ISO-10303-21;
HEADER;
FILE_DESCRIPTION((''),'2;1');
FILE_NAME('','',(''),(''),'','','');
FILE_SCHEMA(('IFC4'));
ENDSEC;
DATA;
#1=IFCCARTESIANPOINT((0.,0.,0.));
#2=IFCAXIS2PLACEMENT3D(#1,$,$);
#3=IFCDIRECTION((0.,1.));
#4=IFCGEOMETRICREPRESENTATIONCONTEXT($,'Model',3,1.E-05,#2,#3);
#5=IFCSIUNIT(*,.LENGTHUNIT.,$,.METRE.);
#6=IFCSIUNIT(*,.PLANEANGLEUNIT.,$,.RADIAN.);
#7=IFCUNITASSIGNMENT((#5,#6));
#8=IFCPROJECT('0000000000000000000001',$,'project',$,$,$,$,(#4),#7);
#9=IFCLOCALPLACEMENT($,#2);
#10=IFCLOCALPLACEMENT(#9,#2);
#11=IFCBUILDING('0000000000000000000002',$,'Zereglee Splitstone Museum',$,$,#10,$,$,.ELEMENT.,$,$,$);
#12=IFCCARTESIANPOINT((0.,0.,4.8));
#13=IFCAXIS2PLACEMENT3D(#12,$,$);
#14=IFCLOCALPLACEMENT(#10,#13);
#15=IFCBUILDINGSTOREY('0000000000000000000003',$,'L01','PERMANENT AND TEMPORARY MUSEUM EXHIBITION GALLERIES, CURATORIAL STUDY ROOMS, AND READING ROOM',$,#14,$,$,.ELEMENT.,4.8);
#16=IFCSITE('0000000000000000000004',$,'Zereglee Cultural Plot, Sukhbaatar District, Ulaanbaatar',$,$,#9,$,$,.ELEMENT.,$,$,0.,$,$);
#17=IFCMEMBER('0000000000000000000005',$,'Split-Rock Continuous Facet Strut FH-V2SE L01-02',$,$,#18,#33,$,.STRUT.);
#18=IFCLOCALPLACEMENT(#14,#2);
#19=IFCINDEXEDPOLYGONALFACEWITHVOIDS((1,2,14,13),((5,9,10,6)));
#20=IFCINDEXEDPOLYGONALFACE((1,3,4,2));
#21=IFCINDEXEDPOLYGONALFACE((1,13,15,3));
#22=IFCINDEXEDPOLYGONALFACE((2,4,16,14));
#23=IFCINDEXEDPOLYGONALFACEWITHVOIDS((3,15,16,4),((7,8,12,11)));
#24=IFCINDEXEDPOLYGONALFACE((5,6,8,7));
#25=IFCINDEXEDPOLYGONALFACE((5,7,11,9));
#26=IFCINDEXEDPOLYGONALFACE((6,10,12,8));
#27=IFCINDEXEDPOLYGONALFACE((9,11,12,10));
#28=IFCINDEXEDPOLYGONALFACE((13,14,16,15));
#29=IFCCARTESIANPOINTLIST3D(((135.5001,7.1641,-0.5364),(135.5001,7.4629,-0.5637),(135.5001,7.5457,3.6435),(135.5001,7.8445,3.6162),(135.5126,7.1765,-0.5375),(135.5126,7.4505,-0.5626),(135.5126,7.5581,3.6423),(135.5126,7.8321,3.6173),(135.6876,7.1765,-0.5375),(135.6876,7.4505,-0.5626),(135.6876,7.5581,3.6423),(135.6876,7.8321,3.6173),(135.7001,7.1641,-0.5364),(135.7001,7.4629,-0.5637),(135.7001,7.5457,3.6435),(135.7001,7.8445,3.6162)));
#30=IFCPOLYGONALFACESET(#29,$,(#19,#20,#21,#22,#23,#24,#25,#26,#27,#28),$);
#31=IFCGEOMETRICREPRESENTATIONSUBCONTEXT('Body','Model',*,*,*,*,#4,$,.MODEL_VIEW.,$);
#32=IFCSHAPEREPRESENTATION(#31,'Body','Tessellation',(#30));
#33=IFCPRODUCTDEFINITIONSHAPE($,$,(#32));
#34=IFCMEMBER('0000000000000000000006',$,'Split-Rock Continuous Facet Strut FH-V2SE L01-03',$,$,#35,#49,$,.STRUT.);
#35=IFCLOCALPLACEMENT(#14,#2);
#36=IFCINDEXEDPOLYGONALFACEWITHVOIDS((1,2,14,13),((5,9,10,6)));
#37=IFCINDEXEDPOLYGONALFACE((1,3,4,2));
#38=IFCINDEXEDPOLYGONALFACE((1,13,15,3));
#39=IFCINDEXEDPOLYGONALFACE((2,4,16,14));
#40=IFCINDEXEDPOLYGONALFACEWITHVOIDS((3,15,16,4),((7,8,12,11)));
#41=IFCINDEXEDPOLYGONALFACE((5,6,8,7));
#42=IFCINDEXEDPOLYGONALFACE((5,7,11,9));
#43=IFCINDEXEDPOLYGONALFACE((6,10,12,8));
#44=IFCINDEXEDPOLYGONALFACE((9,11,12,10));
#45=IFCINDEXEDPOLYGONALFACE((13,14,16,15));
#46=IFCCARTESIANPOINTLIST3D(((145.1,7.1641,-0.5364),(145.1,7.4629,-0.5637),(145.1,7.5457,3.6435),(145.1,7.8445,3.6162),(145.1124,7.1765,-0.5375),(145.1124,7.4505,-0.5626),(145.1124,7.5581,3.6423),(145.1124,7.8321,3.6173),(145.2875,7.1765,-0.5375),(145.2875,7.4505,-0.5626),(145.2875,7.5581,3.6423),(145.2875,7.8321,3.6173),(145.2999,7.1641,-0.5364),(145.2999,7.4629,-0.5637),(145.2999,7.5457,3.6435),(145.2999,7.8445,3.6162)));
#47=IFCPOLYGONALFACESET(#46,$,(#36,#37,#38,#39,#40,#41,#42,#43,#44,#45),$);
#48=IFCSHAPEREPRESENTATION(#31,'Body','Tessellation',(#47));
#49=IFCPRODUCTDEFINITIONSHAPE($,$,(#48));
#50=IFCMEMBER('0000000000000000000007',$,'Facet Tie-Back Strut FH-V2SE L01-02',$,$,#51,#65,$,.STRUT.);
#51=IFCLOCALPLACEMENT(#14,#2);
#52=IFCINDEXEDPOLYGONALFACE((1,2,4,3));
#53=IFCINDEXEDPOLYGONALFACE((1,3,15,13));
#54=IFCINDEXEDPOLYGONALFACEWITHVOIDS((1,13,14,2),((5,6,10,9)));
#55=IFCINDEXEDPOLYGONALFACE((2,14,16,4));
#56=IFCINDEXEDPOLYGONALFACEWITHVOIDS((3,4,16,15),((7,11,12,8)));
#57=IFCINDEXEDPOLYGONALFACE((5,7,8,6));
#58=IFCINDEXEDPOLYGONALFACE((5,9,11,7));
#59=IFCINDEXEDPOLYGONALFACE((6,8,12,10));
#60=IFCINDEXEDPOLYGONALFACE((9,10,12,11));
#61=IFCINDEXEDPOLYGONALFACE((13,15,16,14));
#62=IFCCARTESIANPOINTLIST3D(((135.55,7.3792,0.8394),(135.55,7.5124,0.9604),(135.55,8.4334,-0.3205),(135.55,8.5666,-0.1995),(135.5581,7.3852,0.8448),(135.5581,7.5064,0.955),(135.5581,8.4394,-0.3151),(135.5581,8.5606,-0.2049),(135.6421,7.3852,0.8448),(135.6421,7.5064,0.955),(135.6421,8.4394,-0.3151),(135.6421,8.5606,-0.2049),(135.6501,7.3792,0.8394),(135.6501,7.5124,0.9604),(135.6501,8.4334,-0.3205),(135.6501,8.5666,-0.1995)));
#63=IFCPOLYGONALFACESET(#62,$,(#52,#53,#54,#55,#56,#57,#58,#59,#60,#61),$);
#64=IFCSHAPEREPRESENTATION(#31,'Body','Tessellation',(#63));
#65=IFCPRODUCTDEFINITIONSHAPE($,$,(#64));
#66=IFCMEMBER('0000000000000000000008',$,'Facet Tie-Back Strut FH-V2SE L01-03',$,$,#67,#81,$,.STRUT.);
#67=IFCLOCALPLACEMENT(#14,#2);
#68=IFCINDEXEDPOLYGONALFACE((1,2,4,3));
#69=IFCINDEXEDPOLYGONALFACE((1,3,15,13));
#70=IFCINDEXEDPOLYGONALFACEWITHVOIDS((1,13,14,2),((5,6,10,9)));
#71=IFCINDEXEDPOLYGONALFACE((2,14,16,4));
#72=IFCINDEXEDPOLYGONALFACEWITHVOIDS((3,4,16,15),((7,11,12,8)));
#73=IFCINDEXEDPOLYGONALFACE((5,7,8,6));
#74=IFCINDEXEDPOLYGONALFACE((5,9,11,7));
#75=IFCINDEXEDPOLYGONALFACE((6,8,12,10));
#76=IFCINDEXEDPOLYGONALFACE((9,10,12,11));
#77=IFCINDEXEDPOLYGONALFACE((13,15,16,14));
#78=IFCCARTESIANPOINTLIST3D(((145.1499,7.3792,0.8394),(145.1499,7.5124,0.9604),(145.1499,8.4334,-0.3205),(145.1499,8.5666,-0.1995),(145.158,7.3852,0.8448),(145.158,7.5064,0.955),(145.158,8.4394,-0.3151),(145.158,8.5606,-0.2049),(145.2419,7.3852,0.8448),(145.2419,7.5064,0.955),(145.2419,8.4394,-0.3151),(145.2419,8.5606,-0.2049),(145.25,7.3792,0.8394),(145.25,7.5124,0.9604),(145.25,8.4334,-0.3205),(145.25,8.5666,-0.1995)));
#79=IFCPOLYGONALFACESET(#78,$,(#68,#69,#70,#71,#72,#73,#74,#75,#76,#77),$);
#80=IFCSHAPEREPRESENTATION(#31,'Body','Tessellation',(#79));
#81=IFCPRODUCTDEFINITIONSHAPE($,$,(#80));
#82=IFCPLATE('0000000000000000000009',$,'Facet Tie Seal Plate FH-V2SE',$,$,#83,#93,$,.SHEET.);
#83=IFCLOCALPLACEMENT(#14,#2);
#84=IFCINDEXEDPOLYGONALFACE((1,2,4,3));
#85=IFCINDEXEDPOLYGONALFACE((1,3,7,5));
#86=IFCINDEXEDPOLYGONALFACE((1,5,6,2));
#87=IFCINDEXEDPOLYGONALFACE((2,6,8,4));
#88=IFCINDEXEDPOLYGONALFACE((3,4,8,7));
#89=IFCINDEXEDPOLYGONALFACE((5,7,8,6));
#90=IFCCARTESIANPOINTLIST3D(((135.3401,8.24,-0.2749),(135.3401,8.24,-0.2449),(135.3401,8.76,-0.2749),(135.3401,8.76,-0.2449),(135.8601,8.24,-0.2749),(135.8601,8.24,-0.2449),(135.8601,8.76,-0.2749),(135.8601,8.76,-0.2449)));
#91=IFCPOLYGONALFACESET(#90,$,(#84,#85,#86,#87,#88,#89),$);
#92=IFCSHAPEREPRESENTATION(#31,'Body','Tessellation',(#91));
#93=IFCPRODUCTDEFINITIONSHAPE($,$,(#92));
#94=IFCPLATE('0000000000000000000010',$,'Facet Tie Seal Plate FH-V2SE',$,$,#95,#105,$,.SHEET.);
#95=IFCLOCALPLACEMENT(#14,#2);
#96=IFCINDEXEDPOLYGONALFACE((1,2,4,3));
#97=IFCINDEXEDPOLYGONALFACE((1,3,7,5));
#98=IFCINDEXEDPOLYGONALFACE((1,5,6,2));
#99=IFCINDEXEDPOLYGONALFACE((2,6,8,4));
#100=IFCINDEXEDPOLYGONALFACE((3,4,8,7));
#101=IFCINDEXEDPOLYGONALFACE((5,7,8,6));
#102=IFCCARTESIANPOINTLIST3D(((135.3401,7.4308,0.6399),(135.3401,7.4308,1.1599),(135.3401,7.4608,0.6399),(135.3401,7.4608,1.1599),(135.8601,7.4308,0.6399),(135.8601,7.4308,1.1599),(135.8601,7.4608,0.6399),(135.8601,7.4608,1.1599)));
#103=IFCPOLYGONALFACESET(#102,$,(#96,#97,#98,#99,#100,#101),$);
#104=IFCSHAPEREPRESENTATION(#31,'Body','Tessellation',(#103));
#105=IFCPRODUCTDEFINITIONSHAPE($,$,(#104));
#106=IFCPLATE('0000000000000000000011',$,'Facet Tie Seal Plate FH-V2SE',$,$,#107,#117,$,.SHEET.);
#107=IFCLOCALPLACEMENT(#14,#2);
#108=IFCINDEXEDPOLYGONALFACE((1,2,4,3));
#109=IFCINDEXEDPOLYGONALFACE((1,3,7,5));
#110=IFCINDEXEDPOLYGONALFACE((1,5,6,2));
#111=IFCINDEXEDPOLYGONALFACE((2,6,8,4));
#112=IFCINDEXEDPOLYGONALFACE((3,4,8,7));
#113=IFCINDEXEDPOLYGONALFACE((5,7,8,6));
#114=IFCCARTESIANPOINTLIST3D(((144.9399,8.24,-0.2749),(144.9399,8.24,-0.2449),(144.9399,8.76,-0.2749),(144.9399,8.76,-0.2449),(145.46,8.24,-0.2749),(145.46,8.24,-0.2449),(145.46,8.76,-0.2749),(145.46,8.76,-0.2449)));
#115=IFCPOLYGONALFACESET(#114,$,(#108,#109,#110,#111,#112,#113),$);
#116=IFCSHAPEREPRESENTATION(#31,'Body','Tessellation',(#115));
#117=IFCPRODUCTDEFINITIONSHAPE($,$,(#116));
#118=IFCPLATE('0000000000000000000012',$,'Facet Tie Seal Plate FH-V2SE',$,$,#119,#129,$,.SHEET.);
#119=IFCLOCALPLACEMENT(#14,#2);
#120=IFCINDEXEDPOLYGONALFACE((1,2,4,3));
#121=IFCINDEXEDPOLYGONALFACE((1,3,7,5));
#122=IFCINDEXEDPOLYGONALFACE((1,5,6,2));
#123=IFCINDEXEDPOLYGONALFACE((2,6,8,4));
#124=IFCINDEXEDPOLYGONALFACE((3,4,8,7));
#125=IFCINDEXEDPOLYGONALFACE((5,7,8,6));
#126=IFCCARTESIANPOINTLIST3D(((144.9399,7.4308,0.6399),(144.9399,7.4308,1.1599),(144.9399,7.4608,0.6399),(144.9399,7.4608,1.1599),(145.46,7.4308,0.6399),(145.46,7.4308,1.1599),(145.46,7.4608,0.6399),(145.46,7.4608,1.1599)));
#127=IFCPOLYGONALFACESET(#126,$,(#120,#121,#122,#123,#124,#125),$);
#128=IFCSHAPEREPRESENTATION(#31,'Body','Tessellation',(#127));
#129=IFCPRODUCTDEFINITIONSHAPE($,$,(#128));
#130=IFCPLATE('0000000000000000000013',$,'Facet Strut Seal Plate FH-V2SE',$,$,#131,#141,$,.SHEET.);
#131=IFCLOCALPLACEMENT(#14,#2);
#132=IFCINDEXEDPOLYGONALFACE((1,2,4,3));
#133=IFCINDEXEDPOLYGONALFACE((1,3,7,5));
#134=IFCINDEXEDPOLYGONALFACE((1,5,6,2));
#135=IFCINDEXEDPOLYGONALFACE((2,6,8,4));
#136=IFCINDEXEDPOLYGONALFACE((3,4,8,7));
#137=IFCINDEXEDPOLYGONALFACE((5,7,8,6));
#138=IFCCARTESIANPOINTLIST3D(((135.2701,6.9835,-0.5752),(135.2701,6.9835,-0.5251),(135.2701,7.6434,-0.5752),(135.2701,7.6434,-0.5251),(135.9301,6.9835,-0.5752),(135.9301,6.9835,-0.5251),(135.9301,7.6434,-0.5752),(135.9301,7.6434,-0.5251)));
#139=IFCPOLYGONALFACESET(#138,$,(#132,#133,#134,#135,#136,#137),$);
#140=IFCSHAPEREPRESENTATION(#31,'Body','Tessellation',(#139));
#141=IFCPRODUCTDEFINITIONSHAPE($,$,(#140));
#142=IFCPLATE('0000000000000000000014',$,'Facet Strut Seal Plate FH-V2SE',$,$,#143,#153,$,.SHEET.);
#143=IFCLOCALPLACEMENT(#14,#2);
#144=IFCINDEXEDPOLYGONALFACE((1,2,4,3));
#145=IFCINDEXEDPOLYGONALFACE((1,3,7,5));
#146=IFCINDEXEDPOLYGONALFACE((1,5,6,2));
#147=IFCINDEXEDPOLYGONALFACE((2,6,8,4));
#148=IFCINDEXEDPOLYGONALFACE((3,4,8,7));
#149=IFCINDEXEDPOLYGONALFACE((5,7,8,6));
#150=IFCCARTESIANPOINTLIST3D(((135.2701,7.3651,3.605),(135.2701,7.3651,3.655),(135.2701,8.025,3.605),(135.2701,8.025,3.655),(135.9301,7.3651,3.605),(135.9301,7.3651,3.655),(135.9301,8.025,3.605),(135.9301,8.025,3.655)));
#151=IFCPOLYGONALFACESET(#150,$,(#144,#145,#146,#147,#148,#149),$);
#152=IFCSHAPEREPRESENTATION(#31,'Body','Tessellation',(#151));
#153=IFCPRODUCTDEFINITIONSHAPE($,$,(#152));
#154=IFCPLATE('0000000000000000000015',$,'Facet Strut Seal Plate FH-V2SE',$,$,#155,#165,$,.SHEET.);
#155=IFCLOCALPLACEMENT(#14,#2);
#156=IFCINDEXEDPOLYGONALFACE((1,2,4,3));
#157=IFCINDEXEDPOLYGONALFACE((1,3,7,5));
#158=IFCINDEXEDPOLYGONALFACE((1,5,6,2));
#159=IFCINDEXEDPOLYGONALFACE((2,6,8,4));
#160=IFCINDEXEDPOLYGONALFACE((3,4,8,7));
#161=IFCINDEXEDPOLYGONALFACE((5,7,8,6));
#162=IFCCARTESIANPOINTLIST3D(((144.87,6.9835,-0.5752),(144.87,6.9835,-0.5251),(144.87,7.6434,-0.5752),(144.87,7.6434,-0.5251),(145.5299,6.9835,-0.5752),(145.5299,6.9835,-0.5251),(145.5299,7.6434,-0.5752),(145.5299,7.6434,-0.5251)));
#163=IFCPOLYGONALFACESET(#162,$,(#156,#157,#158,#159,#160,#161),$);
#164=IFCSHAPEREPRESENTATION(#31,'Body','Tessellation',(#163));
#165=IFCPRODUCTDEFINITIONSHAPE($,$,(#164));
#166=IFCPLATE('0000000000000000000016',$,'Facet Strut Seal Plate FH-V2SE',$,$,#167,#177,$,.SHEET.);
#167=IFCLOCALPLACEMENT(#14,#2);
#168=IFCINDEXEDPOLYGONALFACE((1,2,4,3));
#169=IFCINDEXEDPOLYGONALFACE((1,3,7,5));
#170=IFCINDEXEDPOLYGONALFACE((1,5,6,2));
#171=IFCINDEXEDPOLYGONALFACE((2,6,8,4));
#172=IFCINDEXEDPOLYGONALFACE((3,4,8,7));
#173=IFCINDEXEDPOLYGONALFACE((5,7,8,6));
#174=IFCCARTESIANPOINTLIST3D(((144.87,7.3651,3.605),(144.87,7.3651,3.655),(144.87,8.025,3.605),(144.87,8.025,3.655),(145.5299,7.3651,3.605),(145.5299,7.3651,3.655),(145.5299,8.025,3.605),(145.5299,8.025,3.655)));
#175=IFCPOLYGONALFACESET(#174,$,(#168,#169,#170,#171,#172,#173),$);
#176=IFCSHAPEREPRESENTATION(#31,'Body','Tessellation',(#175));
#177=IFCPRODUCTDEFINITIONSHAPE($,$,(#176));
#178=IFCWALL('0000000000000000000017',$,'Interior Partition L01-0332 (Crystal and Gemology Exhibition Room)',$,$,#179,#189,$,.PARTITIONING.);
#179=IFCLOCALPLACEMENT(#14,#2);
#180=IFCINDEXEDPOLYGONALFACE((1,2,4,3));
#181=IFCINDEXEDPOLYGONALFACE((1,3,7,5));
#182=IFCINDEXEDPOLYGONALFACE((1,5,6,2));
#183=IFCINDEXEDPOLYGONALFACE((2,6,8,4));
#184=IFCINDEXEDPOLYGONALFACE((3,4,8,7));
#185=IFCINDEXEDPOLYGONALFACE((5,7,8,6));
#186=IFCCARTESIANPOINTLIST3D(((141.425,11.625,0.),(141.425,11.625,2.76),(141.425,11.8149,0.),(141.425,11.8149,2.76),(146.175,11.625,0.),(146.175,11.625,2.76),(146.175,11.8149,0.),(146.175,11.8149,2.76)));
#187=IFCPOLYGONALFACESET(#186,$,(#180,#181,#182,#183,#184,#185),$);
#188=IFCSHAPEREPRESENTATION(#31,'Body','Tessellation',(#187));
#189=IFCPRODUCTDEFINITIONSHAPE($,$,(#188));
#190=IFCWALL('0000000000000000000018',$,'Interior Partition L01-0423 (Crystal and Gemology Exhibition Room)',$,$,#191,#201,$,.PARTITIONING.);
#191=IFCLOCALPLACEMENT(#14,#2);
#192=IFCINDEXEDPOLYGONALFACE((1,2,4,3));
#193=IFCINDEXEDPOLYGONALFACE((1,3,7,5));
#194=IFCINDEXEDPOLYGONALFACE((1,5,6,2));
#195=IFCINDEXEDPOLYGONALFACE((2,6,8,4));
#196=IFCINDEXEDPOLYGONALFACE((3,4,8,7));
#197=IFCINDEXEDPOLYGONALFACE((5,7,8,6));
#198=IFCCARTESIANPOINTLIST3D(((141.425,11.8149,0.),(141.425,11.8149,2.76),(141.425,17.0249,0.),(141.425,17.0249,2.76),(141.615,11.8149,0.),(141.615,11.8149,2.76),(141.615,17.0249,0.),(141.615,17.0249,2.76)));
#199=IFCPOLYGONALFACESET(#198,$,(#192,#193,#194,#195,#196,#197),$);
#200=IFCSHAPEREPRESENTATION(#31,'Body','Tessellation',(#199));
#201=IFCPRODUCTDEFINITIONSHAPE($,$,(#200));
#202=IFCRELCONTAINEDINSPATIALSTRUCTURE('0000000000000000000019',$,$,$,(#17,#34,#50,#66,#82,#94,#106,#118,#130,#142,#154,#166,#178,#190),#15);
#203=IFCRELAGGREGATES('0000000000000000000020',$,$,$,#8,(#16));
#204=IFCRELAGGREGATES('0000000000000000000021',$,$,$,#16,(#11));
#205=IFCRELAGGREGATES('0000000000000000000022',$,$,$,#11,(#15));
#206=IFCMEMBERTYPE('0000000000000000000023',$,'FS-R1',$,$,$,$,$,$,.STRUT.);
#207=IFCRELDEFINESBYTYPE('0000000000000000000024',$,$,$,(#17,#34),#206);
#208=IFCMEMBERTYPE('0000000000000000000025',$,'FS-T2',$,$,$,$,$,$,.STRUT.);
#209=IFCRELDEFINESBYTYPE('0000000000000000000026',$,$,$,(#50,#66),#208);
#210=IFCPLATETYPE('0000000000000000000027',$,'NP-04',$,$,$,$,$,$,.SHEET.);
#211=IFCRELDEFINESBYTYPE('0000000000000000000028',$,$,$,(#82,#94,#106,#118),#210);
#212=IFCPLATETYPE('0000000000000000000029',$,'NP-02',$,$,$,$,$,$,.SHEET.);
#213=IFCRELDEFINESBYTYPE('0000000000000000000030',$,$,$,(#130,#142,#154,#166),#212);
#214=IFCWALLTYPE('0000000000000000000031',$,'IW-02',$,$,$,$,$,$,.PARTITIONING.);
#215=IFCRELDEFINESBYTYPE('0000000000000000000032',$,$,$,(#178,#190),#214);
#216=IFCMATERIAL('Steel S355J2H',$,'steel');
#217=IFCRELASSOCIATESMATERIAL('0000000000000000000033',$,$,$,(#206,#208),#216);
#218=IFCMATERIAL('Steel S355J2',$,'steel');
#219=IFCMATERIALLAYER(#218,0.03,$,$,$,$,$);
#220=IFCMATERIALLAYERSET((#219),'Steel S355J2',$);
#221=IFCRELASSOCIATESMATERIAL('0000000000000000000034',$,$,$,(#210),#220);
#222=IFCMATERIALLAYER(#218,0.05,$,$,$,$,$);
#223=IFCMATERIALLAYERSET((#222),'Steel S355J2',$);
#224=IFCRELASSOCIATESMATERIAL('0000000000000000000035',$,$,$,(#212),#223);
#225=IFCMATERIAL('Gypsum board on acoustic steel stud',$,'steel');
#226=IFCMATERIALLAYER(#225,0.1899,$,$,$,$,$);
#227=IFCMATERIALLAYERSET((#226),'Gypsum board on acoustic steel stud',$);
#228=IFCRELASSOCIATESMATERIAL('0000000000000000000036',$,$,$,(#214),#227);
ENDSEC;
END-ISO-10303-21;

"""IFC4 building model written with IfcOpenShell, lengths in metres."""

from ifc_helpers import new_model, si_unit, direction, frame, frame_2d, origin, origin_2d, place, context, subcontext, project, spatial, rectangle, hollow_rectangle, extrude, material, layer, layer_set, material_profile, profile_set, type_object, element, save


model = new_model("IFC4")

# Units and contexts
model_context = context("Model", 3, precision=1e-05, world=origin(), true_north=direction((0.0, 1.0)))
body_context = subcontext(model_context, "Body", "Model", "MODEL_VIEW")
ifc_project = project(units=[si_unit("LENGTHUNIT", "METRE"), si_unit("PLANEANGLEUNIT", "RADIAN")], contexts=[model_context])

# Site, building, storey
site_placement = place(None, origin())
site = spatial("IfcSite", under=ifc_project, at=site_placement, Name="Zereglee Cultural Plot, Sukhbaatar District, Ulaanbaatar", CompositionType="ELEMENT", RefElevation=0.0)
building_placement = place(site_placement, origin())
building = spatial("IfcBuilding", under=site, at=building_placement, Name="Zereglee Splitstone Museum", CompositionType="ELEMENT")
storey_placement = place(building_placement, frame((0.0, 0.0, 4.8)))
storey = spatial("IfcBuildingStorey", under=building, at=storey_placement, Name="L01", Description="PERMANENT AND TEMPORARY MUSEUM EXHIBITION GALLERIES, CURATORIAL STUDY ROOMS, AND READING ROOM", CompositionType="ELEMENT", Elevation=4.8)

# Shared definitions
ifc_material_1 = material(Name="Steel S355J2H", Category="steel")
ifc_material_2 = material(Name="Steel S355J2", Category="steel")

# Members
ifc_material_profile_1 = material_profile(ifc_material_1, hollow_rectangle(XDim=0.2, YDim=0.3, WallThickness=0.0125, at=origin_2d()), Name="RHS 300x200x12.5")
ifc_profile_set_1 = profile_set([ifc_material_profile_1], Name="Steel S355J2H")
member_type_1 = type_object("IfcMemberType", Name="FS-R1", PredefinedType="STRUT", material=ifc_profile_set_1)
for number, where, z_axis, x_axis, name in (
    (1, (135.6001, 7.3135, -0.55), (0.0, 0.090913, 0.995859), (-1.0, 0.0, 0.0), "Split-Rock Continuous Facet Strut FH-V2SE L01-02"),
    (2, (145.2, 7.3135, -0.55), (0.0, 0.090913, 0.995859), (-1.0, 0.0, 0.0), "Split-Rock Continuous Facet Strut FH-V2SE L01-03"),
):
    element("IfcMember", number, at=place(storey_placement, frame(where, z_axis=z_axis, x_axis=x_axis)), inside=storey, type_object=member_type_1, Name=name, PredefinedType="STRUT", context=body_context, shape_type="SweptSolid", body=[
        extrude(hollow_rectangle(XDim=0.2, YDim=0.3, WallThickness=0.0125, at=origin_2d()), origin(), (0.0, 0.0, 1.0), 4.1973),
    ])
ifc_material_profile_2 = material_profile(ifc_material_1, hollow_rectangle(XDim=0.1001, YDim=0.1799, WallThickness=0.0081, at=origin_2d()), Name="RHS 180x100x8")
ifc_profile_set_2 = profile_set([ifc_material_profile_2], Name="Steel S355J2H")
member_type_2 = type_object("IfcMemberType", Name="FS-T2", PredefinedType="STRUT", material=ifc_profile_set_2)
for number, where, z_axis, x_axis, name in (
    (3, (135.6001, 8.5, -0.26), (0.0, -0.67258, 0.740025), (1.0, 0.0, 0.0), "Facet Tie-Back Strut FH-V2SE L01-02"),
    (4, (145.2, 8.5, -0.26), (0.0, -0.67258, 0.740025), (1.0, 0.0, 0.0), "Facet Tie-Back Strut FH-V2SE L01-03"),
):
    element("IfcMember", number, at=place(storey_placement, frame(where, z_axis=z_axis, x_axis=x_axis)), inside=storey, type_object=member_type_2, Name=name, PredefinedType="STRUT", context=body_context, shape_type="SweptSolid", body=[
        extrude(hollow_rectangle(XDim=0.1001, YDim=0.1799, WallThickness=0.0081, at=origin_2d()), origin(), (0.0, 0.0, 1.0), 1.5674),
    ])

# Plates
ifc_layer_1 = layer(ifc_material_2, 0.03)
ifc_layer_set_1 = layer_set([ifc_layer_1], Name="Steel S355J2")
plate_type_1 = type_object("IfcPlateType", Name="NP-04", PredefinedType="SHEET", material=ifc_layer_set_1)
plate_1_placement = place(storey_placement, frame((135.6001, 8.5, -0.2749), z_axis=(0.0, 0.0, 1.0), x_axis=(1.0, 0.0, 0.0)))
element("IfcPlate", 5, at=plate_1_placement, inside=storey, type_object=plate_type_1, Name="Facet Tie Seal Plate FH-V2SE", PredefinedType="SHEET", context=body_context, shape_type="SweptSolid", body=[
    extrude(rectangle(XDim=0.52, YDim=0.52, at=origin_2d()), origin(), (0.0, 0.0, 1.0), 0.03),
])
plate_2_placement = place(storey_placement, frame((135.6001, 7.4458, 0.6399), z_axis=(0.0, 0.0, 1.0), x_axis=(1.0, 0.0, 0.0)))
element("IfcPlate", 6, at=plate_2_placement, inside=storey, type_object=plate_type_1, Name="Facet Tie Seal Plate FH-V2SE", PredefinedType="SHEET", context=body_context, shape_type="SweptSolid", body=[
    extrude(rectangle(XDim=0.52, YDim=0.03, at=origin_2d()), origin(), (0.0, 0.0, 1.0), 0.52),
])
plate_3_placement = place(storey_placement, frame((145.2, 8.5, -0.2749), z_axis=(0.0, 0.0, 1.0), x_axis=(1.0, 0.0, 0.0)))
element("IfcPlate", 7, at=plate_3_placement, inside=storey, type_object=plate_type_1, Name="Facet Tie Seal Plate FH-V2SE", PredefinedType="SHEET", context=body_context, shape_type="SweptSolid", body=[
    extrude(rectangle(XDim=0.52, YDim=0.52, at=origin_2d()), origin(), (0.0, 0.0, 1.0), 0.03),
])
plate_4_placement = place(storey_placement, frame((145.2, 7.4458, 0.6399), z_axis=(0.0, 0.0, 1.0), x_axis=(1.0, 0.0, 0.0)))
element("IfcPlate", 8, at=plate_4_placement, inside=storey, type_object=plate_type_1, Name="Facet Tie Seal Plate FH-V2SE", PredefinedType="SHEET", context=body_context, shape_type="SweptSolid", body=[
    extrude(rectangle(XDim=0.52, YDim=0.03, at=origin_2d()), origin(), (0.0, 0.0, 1.0), 0.52),
])
ifc_layer_2 = layer(ifc_material_2, 0.05)
ifc_layer_set_2 = layer_set([ifc_layer_2], Name="Steel S355J2")
plate_type_2 = type_object("IfcPlateType", Name="NP-02", PredefinedType="SHEET", material=ifc_layer_set_2)
for number, where, z_axis, x_axis, name in (
    (9, (135.6001, 7.3135, -0.5752), (0.0, 0.0, 1.0), (1.0, 0.0, 0.0), "Facet Strut Seal Plate FH-V2SE"),
    (10, (135.6001, 7.6951, 3.605), (0.0, 0.0, 1.0), (1.0, 0.0, 0.0), "Facet Strut Seal Plate FH-V2SE"),
    (11, (145.2, 7.3135, -0.5752), (0.0, 0.0, 1.0), (1.0, 0.0, 0.0), "Facet Strut Seal Plate FH-V2SE"),
    (12, (145.2, 7.6951, 3.605), (0.0, 0.0, 1.0), (1.0, 0.0, 0.0), "Facet Strut Seal Plate FH-V2SE"),
):
    element("IfcPlate", number, at=place(storey_placement, frame(where, z_axis=z_axis, x_axis=x_axis)), inside=storey, type_object=plate_type_2, Name=name, PredefinedType="SHEET", context=body_context, shape_type="SweptSolid", body=[
        extrude(rectangle(XDim=0.6599, YDim=0.6599, at=origin_2d()), origin(), (0.0, 0.0, 1.0), 0.05),
    ])

# Walls
ifc_material_3 = material(Name="Gypsum board on acoustic steel stud", Category="steel")
ifc_layer_3 = layer(ifc_material_3, 0.1899)
ifc_layer_set_3 = layer_set([ifc_layer_3], Name="Gypsum board on acoustic steel stud")
wall_type = type_object("IfcWallType", Name="IW-02", PredefinedType="PARTITIONING", material=ifc_layer_set_3)
wall_1_placement = place(storey_placement, frame((141.425, 11.72, 0.0), z_axis=(0.0, 0.0, 1.0), x_axis=(1.0, 0.0, 0.0)))
element("IfcWall", 13, at=wall_1_placement, inside=storey, type_object=wall_type, Name="Interior Partition L01-0332 (Crystal and Gemology Exhibition Room)", PredefinedType="PARTITIONING", context=body_context, shape_type="SweptSolid", body=[
    extrude(rectangle(XDim=4.75, YDim=0.1899, at=frame_2d((2.375, 0.0))), origin(), (0.0, 0.0, 1.0), 2.76),
])
wall_2_placement = place(storey_placement, frame((141.52, 11.8149, 0.0), z_axis=(0.0, 0.0, 1.0), x_axis=(0.0, 1.0, 0.0)))
element("IfcWall", 14, at=wall_2_placement, inside=storey, type_object=wall_type, Name="Interior Partition L01-0423 (Crystal and Gemology Exhibition Room)", PredefinedType="PARTITIONING", context=body_context, shape_type="SweptSolid", body=[
    extrude(rectangle(XDim=5.21, YDim=0.1899, at=frame_2d((2.605, 0.0))), origin(), (0.0, 0.0, 1.0), 2.76),
])

save(model, "model.ifc")
